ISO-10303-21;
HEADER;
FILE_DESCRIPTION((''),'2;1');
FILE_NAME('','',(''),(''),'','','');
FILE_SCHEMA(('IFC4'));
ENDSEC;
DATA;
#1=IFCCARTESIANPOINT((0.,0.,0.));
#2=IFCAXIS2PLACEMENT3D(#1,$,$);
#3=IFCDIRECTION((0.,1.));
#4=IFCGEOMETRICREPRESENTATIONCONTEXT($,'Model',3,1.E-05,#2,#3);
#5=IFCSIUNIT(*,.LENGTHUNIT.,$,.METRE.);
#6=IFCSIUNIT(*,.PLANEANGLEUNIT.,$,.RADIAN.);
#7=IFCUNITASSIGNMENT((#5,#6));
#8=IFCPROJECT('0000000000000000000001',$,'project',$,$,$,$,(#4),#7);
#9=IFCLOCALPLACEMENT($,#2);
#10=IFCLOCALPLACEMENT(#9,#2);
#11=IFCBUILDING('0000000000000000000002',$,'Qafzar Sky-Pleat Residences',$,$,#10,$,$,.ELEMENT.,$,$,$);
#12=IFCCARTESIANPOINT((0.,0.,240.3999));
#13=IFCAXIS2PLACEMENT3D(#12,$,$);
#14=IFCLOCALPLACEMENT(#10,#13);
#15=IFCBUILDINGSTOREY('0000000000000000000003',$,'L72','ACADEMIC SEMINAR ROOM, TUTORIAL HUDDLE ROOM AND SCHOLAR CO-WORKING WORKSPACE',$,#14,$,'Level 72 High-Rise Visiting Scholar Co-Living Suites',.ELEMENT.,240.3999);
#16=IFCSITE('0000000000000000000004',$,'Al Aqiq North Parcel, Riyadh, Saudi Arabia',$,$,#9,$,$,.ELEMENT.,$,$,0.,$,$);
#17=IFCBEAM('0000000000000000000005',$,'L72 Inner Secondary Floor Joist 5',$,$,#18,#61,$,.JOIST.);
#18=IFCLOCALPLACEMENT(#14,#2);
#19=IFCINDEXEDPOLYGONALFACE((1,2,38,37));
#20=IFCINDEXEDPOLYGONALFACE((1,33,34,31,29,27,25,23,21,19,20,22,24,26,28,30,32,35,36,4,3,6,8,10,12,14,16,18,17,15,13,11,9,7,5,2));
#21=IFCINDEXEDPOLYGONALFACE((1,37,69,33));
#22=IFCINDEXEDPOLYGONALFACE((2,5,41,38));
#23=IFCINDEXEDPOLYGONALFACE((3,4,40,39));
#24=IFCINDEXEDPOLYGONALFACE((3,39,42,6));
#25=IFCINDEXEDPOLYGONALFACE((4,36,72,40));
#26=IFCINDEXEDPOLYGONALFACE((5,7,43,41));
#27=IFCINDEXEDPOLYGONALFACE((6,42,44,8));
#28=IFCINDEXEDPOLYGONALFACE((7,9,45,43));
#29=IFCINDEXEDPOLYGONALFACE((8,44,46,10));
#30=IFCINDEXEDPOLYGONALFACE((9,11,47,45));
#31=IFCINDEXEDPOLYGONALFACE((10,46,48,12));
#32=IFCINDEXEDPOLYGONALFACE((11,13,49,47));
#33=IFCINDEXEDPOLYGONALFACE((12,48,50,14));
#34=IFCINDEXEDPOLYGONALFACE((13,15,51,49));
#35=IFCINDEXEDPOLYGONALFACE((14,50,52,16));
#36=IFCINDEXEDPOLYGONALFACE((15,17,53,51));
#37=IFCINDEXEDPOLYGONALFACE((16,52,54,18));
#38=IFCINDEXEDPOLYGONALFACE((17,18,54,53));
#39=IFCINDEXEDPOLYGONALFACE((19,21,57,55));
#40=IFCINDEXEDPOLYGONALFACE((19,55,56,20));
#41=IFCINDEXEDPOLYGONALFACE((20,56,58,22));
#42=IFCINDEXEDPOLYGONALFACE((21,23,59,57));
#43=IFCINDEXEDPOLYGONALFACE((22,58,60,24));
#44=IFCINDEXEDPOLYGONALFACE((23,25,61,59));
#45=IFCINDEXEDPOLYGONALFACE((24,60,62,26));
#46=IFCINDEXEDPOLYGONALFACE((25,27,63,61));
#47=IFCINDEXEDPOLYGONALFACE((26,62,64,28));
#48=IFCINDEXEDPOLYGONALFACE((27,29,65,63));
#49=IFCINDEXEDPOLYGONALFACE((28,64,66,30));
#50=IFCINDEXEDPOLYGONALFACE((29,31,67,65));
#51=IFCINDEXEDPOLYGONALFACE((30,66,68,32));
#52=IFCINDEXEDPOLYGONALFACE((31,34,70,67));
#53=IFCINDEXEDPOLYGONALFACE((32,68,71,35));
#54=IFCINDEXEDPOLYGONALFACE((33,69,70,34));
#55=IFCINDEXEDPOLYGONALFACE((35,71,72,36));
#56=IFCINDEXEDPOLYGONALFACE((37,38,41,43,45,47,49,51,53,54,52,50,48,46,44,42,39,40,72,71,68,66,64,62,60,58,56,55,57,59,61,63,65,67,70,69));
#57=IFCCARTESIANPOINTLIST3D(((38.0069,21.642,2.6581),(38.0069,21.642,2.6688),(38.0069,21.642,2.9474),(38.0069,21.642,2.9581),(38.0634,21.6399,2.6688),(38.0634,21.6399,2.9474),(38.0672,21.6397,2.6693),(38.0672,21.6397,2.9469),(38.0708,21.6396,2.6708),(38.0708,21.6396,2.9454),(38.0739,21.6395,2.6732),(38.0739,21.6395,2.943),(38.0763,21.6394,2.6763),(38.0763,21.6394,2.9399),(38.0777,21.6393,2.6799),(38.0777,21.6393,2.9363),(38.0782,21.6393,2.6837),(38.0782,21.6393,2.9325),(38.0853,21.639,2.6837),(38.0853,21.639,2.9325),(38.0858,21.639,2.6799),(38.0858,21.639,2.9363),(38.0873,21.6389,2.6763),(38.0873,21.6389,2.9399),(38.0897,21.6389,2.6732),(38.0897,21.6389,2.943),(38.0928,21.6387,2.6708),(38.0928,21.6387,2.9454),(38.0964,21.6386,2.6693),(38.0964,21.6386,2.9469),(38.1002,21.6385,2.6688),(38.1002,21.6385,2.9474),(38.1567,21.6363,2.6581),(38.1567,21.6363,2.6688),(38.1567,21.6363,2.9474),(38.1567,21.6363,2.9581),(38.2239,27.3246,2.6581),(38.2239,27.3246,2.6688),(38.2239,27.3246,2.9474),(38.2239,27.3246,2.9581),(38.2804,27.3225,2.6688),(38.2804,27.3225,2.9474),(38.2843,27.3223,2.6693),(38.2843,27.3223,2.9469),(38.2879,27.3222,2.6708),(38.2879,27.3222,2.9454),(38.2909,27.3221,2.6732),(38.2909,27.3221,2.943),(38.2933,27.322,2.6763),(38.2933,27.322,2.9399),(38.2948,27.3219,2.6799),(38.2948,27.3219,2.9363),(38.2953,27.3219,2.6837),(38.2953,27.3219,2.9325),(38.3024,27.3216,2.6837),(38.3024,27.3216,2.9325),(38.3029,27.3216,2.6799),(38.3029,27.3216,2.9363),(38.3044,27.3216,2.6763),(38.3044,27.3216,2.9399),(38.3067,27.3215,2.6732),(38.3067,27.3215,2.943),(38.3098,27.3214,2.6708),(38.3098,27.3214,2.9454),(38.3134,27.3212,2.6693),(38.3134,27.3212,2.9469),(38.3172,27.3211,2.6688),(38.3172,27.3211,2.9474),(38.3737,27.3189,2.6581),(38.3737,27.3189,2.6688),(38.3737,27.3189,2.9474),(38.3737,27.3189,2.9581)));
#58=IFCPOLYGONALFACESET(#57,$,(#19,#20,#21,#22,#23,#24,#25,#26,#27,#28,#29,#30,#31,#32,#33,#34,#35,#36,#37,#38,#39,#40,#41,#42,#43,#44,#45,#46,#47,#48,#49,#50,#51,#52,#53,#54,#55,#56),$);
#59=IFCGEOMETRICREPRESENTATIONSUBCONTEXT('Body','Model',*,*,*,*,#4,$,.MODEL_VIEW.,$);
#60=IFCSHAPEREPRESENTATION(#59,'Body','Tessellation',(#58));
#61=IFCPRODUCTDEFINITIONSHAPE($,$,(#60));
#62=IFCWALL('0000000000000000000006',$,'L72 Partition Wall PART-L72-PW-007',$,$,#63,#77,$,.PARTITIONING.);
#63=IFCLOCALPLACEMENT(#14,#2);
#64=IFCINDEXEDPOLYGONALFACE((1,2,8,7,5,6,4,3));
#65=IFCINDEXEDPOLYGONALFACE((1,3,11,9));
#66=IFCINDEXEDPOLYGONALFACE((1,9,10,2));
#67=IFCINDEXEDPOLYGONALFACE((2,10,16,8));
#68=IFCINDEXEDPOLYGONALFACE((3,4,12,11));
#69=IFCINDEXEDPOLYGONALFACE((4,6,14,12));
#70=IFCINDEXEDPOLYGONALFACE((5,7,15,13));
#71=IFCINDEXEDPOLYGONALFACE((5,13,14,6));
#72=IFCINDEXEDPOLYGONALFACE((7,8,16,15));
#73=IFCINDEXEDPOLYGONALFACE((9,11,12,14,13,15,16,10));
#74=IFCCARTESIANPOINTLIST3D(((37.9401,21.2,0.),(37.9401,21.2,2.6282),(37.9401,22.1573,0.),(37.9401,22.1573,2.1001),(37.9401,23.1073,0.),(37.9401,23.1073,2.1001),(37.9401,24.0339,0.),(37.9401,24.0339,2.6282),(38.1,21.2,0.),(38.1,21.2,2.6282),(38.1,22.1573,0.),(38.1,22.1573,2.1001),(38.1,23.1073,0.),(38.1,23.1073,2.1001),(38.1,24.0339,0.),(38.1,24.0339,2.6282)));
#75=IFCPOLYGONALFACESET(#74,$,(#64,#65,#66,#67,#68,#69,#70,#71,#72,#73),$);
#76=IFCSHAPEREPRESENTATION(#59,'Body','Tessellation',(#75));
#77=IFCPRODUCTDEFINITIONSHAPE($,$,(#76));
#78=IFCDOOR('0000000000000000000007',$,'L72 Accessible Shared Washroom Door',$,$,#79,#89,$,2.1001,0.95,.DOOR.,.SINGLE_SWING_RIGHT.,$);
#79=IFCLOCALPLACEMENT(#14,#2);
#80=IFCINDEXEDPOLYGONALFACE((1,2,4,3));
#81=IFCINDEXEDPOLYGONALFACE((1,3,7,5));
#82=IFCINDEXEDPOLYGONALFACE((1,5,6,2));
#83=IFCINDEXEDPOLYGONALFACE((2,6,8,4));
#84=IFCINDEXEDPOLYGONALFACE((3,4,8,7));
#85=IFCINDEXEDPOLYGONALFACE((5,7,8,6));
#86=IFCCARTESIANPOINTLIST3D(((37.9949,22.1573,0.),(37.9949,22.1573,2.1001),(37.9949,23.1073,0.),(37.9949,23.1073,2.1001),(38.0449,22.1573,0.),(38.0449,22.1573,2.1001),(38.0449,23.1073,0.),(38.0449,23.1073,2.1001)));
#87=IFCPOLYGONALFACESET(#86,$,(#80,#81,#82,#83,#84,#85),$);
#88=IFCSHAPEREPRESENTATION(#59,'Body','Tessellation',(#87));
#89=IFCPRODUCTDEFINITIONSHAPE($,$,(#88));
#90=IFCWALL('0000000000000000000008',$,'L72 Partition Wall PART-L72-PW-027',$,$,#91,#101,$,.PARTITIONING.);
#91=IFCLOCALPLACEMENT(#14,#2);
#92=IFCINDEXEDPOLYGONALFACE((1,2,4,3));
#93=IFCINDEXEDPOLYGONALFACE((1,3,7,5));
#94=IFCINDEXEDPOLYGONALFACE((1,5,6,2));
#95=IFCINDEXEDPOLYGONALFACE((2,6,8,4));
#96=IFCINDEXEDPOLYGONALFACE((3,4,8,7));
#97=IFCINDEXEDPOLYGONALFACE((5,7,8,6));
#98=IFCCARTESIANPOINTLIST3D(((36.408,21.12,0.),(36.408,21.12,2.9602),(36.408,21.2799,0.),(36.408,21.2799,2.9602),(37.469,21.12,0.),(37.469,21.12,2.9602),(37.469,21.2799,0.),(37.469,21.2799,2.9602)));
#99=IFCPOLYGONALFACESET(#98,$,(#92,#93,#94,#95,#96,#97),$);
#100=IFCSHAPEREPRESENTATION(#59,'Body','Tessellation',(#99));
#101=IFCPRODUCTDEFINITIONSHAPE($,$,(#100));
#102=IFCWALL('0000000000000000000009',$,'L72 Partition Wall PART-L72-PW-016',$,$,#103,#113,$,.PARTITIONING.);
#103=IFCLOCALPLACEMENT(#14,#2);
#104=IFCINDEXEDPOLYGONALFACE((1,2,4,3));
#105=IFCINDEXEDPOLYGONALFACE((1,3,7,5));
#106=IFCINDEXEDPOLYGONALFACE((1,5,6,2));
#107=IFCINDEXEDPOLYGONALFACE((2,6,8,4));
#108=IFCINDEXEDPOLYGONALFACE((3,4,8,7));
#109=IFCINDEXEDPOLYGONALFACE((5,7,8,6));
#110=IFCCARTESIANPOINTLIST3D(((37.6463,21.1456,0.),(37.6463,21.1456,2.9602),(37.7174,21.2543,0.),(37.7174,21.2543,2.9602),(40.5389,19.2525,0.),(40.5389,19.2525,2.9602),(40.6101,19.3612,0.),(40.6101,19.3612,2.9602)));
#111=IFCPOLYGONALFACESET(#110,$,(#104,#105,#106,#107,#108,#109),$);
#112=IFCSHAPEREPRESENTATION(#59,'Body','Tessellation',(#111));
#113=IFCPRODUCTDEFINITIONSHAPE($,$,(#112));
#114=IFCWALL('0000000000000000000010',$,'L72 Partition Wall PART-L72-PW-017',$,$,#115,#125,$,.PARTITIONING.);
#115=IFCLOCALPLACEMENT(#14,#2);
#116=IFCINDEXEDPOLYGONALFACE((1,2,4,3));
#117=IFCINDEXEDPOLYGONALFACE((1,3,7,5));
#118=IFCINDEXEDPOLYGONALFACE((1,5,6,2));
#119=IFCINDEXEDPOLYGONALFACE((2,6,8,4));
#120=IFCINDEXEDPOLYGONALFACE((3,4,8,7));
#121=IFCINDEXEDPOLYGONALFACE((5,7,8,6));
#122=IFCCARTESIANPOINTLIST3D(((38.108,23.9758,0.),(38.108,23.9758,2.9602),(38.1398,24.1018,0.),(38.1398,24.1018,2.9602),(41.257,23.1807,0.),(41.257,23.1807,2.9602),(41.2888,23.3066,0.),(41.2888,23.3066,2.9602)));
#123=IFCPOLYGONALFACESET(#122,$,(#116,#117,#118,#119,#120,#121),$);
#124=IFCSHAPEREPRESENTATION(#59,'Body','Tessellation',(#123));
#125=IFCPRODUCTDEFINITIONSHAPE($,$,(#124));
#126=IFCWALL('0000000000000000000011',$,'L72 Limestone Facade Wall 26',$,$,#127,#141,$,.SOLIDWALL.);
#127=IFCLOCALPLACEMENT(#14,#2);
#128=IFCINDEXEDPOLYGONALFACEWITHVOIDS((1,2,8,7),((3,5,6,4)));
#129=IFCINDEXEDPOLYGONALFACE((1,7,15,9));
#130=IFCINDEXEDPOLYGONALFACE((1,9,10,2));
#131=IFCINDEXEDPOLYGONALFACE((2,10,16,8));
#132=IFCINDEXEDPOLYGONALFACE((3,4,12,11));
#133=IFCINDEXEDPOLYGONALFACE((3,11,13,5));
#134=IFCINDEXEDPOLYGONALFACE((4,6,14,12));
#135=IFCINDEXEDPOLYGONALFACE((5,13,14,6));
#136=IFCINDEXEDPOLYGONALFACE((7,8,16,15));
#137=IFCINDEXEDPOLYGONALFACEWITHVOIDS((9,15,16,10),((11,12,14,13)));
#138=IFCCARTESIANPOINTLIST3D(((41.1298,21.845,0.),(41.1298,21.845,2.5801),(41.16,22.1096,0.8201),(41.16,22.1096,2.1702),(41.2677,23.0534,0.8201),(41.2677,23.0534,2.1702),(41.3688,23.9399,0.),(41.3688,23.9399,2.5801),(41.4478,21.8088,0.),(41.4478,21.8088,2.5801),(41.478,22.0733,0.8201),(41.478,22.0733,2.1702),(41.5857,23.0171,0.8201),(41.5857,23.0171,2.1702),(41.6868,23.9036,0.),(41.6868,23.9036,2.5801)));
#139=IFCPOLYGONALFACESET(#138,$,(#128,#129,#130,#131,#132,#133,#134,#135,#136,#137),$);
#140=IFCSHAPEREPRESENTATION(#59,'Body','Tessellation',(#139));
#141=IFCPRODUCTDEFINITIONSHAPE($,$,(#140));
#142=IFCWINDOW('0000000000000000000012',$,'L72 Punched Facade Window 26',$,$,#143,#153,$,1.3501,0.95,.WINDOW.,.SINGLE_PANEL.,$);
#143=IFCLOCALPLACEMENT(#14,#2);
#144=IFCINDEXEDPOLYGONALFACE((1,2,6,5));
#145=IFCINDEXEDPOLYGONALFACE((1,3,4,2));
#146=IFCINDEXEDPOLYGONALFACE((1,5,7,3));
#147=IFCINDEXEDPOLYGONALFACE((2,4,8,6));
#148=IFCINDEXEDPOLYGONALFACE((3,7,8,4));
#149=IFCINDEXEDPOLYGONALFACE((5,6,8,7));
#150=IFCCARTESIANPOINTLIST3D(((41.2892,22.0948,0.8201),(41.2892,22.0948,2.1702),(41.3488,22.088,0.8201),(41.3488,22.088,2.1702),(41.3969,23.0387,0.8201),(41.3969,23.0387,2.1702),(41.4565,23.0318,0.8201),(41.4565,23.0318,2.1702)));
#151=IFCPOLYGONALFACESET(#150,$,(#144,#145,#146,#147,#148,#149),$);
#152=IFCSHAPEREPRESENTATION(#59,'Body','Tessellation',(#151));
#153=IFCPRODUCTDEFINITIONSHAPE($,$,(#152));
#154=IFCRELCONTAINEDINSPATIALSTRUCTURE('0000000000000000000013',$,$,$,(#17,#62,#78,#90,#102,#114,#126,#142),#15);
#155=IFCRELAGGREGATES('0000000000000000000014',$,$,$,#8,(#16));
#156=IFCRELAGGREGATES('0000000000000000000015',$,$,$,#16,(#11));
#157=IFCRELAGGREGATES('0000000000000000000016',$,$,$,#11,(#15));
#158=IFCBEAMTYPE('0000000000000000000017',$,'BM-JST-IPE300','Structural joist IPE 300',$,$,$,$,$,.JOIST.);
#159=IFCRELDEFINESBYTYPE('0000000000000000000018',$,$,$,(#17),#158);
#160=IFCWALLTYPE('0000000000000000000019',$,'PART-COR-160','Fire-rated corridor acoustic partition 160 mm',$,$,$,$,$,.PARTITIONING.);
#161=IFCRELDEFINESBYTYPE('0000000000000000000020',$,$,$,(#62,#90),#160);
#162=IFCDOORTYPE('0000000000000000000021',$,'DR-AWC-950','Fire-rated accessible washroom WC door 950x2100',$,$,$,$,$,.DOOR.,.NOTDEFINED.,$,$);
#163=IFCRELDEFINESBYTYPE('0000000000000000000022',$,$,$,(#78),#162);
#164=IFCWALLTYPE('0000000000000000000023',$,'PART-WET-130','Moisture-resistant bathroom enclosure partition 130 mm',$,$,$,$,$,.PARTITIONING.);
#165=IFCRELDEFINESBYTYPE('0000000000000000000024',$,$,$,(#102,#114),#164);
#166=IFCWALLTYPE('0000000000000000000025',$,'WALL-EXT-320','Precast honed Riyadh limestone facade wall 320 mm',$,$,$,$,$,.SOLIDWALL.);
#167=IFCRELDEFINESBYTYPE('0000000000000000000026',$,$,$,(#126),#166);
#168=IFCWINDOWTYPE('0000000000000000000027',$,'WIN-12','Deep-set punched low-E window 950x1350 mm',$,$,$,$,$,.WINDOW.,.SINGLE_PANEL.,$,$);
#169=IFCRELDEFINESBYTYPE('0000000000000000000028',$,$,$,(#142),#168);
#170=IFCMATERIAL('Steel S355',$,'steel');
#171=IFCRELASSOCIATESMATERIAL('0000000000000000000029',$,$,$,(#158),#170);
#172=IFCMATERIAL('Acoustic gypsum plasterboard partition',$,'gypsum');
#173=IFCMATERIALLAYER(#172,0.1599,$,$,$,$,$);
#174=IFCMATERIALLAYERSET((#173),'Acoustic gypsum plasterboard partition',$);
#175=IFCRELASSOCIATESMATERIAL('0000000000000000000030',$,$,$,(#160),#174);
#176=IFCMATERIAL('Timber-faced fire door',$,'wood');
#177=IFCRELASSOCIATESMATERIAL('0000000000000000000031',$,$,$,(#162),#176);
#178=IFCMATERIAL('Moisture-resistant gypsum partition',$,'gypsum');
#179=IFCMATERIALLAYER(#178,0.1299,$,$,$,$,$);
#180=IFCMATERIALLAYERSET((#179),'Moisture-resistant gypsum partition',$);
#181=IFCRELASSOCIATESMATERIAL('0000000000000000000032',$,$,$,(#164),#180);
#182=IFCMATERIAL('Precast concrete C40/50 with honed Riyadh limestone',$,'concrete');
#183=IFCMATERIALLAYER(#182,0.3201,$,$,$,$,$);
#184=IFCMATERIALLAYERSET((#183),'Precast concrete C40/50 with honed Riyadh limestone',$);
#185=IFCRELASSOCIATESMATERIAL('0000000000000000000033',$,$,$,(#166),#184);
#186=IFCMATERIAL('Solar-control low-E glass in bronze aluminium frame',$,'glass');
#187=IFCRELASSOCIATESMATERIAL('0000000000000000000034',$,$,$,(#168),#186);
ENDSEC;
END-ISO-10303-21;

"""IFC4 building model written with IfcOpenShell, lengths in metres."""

from ifc_helpers import new_model, si_unit, direction, frame, frame_2d, origin, origin_2d, place, context, subcontext, project, spatial, rectangle, i_section, extrude, source, transform, mapped, material, layer, layer_set, material_profile, profile_set, type_object, element, fill, save


model = new_model("IFC4")

# Units and contexts
model_context = context("Model", 3, precision=1e-05, world=origin(), true_north=direction((0.0, 1.0)))
body_context = subcontext(model_context, "Body", "Model", "MODEL_VIEW")
ifc_project = project(units=[si_unit("LENGTHUNIT", "METRE"), si_unit("PLANEANGLEUNIT", "RADIAN")], contexts=[model_context])

# Site, building, storey
site_placement = place(None, origin())
site = spatial("IfcSite", under=ifc_project, at=site_placement, Name="Al Aqiq North Parcel, Riyadh, Saudi Arabia", CompositionType="ELEMENT", RefElevation=0.0)
building_placement = place(site_placement, origin())
building = spatial("IfcBuilding", under=site, at=building_placement, Name="Qafzar Sky-Pleat Residences", CompositionType="ELEMENT")
storey_placement = place(building_placement, frame((0.0, 0.0, 240.3999)))
storey = spatial("IfcBuildingStorey", under=building, at=storey_placement, Name="L72", Description="ACADEMIC SEMINAR ROOM, TUTORIAL HUDDLE ROOM AND SCHOLAR CO-WORKING WORKSPACE", LongName="Level 72 High-Rise Visiting Scholar Co-Living Suites", CompositionType="ELEMENT", Elevation=240.3999)

# Shared definitions
ifc_material_1 = material(Name="Steel S355", Category="steel")

# Beam
ifc_material_profile_1 = material_profile(ifc_material_1, i_section(OverallWidth=0.1499, OverallDepth=0.3, WebThickness=0.0071, FlangeThickness=0.0107, FilletRadius=0.0149, at=origin_2d()), Name="IPE 300")
ifc_profile_set_1 = profile_set([ifc_material_profile_1], Name="Steel S355")
beam_type_1 = type_object("IfcBeamType", Name="BM-JST-IPE300", Description="Structural joist IPE 300", PredefinedType="JOIST", material=ifc_profile_set_1)
shared_shape_1 = source(origin(), body_context, "Body", "SweptSolid", [
    extrude(i_section(OverallWidth=0.1499, OverallDepth=0.3, WebThickness=0.0071, FlangeThickness=0.0107, FilletRadius=0.0149, at=origin_2d()), origin(), (0.0, 0.0, 1.0), 5.6868),
])
beam_1_placement = place(storey_placement, frame((38.0818, 21.6392, 2.8081), z_axis=(0.038166, 0.999271, 0.0), x_axis=(-0.999271, 0.038166, 0.0)))
element("IfcBeam", 1, at=beam_1_placement, inside=storey, type_object=beam_type_1, Name="L72 Inner Secondary Floor Joist 5", PredefinedType="JOIST", context=body_context, shape_type="MappedRepresentation", body=[
    mapped(shared_shape_1, transform((0.0, 0.0, 0.0), x_axis=(1.0, 0.0, 0.0), y_axis=(0.0, 1.0, 0.0), z_axis=(0.0, 0.0, 1.0), scale=1.0)),
])

# Wall, opening, door
ifc_material_2 = material(Name="Acoustic gypsum plasterboard partition", Category="gypsum")
ifc_layer_1 = layer(ifc_material_2, 0.1599)
ifc_layer_set_1 = layer_set([ifc_layer_1], Name="Acoustic gypsum plasterboard partition")
wall_type_1 = type_object("IfcWallType", Name="PART-COR-160", Description="Fire-rated corridor acoustic partition 160 mm", PredefinedType="PARTITIONING", material=ifc_layer_set_1)
wall_1_placement = place(storey_placement, frame((38.02, 24.0339, 0.0), z_axis=(0.0, 0.0, 1.0), x_axis=(0.0, -1.0, 0.0)))
wall_1 = element("IfcWall", 2, at=wall_1_placement, inside=storey, type_object=wall_type_1, Name="L72 Partition Wall PART-L72-PW-007", PredefinedType="PARTITIONING", context=body_context, shape_type="SweptSolid", body=[
    extrude(rectangle(XDim=2.834, YDim=0.1599, at=frame_2d((1.417, 0.0))), origin(), (0.0, 0.0, 1.0), 2.6282),
])
opening_1_placement = place(wall_1_placement, frame((0.9265, 0.0, 0.0)))
opening_1 = element("IfcOpeningElement", 3, at=opening_1_placement, cuts=wall_1, PredefinedType="OPENING", context=body_context, shape_type="SweptSolid", body=[
    extrude(rectangle(XDim=0.95, YDim=2.1001, at=frame_2d((0.4751, 1.05))), frame((0.0, 0.0898, 0.0), z_axis=(0.0, -1.0, 0.0), x_axis=(1.0, 0.0, 0.0)), (0.0, 0.0, 1.0), 0.1799),
])
ifc_material_3 = material(Name="Timber-faced fire door", Category="wood")
door_type = type_object("IfcDoorType", Name="DR-AWC-950", Description="Fire-rated accessible washroom WC door 950x2100", OperationType="NOTDEFINED", PredefinedType="DOOR", material=ifc_material_3)
shared_shape_2 = source(origin(), body_context, "Body", "SweptSolid", [
    extrude(rectangle(XDim=0.95, YDim=2.1001, at=frame_2d((0.4751, 1.05))), frame((0.0, 0.0249, 0.0), z_axis=(0.0, -1.0, 0.0), x_axis=(1.0, 0.0, 0.0)), (0.0, 0.0, 1.0), 0.05),
])
door_placement = place(opening_1_placement, origin())
door = element("IfcDoor", 4, at=door_placement, inside=storey, type_object=door_type, Name="L72 Accessible Shared Washroom Door", OperationType="SINGLE_SWING_RIGHT", OverallHeight=2.1001, OverallWidth=0.95, PredefinedType="DOOR", context=body_context, shape_type="MappedRepresentation", body=[
    mapped(shared_shape_2, transform((0.0, 0.0, 0.0), x_axis=(1.0, 0.0, 0.0), y_axis=(0.0, 1.0, 0.0), z_axis=(0.0, 0.0, 1.0), scale=1.0)),
])
fill(opening_1, door)

# Walls
wall_2_placement = place(storey_placement, frame((36.408, 21.2, 0.0), z_axis=(0.0, 0.0, 1.0), x_axis=(1.0, 0.0, 0.0)))
element("IfcWall", 5, at=wall_2_placement, inside=storey, type_object=wall_type_1, Name="L72 Partition Wall PART-L72-PW-027", PredefinedType="PARTITIONING", context=body_context, shape_type="SweptSolid", body=[
    extrude(rectangle(XDim=1.061, YDim=0.1599, at=frame_2d((0.5305, 0.0))), origin(), (0.0, 0.0, 1.0), 2.9602),
])
ifc_material_4 = material(Name="Moisture-resistant gypsum partition", Category="gypsum")
ifc_layer_2 = layer(ifc_material_4, 0.1299)
ifc_layer_set_2 = layer_set([ifc_layer_2], Name="Moisture-resistant gypsum partition")
wall_type_2 = type_object("IfcWallType", Name="PART-WET-130", Description="Moisture-resistant bathroom enclosure partition 130 mm", PredefinedType="PARTITIONING", material=ifc_layer_set_2)
wall_3_placement = place(storey_placement, frame((37.6819, 21.2, 0.0), z_axis=(0.0, 0.0, 1.0), x_axis=(0.836736, -0.547607, 0.0)))
element("IfcWall", 6, at=wall_3_placement, inside=storey, type_object=wall_type_2, Name="L72 Partition Wall PART-L72-PW-016", PredefinedType="PARTITIONING", context=body_context, shape_type="SweptSolid", body=[
    extrude(rectangle(XDim=3.457, YDim=0.1299, at=frame_2d((1.7285, 0.0))), origin(), (0.0, 0.0, 1.0), 2.9602),
])
wall_4_placement = place(storey_placement, frame((38.1238, 24.0388, 0.0), z_axis=(0.0, 0.0, 1.0), x_axis=(0.969565, -0.244834, 0.0)))
element("IfcWall", 7, at=wall_4_placement, inside=storey, type_object=wall_type_2, Name="L72 Partition Wall PART-L72-PW-017", PredefinedType="PARTITIONING", context=body_context, shape_type="SweptSolid", body=[
    extrude(rectangle(XDim=3.2478, YDim=0.1299, at=frame_2d((1.624, 0.0))), origin(), (0.0, 0.0, 1.0), 2.9602),
])

# Wall, opening, window
ifc_material_5 = material(Name="Precast concrete C40/50 with honed Riyadh limestone", Category="concrete")
ifc_layer_3 = layer(ifc_material_5, 0.3201)
ifc_layer_set_3 = layer_set([ifc_layer_3], Name="Precast concrete C40/50 with honed Riyadh limestone")
wall_type_3 = type_object("IfcWallType", Name="WALL-EXT-320", Description="Precast honed Riyadh limestone facade wall 320 mm", PredefinedType="SOLIDWALL", material=ifc_layer_set_3)
wall_5_placement = place(storey_placement, frame((41.2888, 21.8269, 0.0), z_axis=(0.0, 0.0, 1.0), x_axis=(0.113367, 0.993553, 0.0)))
wall_5 = element("IfcWall", 8, at=wall_5_placement, inside=storey, type_object=wall_type_3, Name="L72 Limestone Facade Wall 26", PredefinedType="SOLIDWALL", context=body_context, shape_type="SweptSolid", body=[
    extrude(rectangle(XDim=2.1084, YDim=0.3201, at=frame_2d((1.0542, 0.0))), origin(), (0.0, 0.0, 1.0), 2.5801),
])
opening_2_placement = place(wall_5_placement, frame((0.2661, 0.0, 0.8201)))
opening_2 = element("IfcOpeningElement", 9, at=opening_2_placement, cuts=wall_5, PredefinedType="OPENING", context=body_context, shape_type="SweptSolid", body=[
    extrude(rectangle(XDim=0.95, YDim=1.3501, at=frame_2d((0.4751, 0.675))), frame((0.0, 0.1699, 0.0), z_axis=(0.0, -1.0, 0.0), x_axis=(1.0, 0.0, 0.0)), (0.0, 0.0, 1.0), 0.3401),
])
ifc_material_6 = material(Name="Solar-control low-E glass in bronze aluminium frame", Category="glass")
window_type_1 = type_object("IfcWindowType", Name="WIN-12", Description="Deep-set punched low-E window 950x1350 mm", PartitioningType="SINGLE_PANEL", PredefinedType="WINDOW", material=ifc_material_6)
shared_shape_3 = source(origin(), body_context, "Body", "SweptSolid", [
    extrude(rectangle(XDim=0.95, YDim=1.3501, at=frame_2d((0.4751, 0.675))), frame((0.0, 0.03, 0.0), z_axis=(0.0, -1.0, 0.0), x_axis=(1.0, 0.0, 0.0)), (0.0, 0.0, 1.0), 0.0601),
])
window_1_placement = place(opening_2_placement, origin())
window_1 = element("IfcWindow", 10, at=window_1_placement, inside=storey, type_object=window_type_1, Name="L72 Punched Facade Window 26", OverallHeight=1.3501, OverallWidth=0.95, PartitioningType="SINGLE_PANEL", PredefinedType="WINDOW", context=body_context, shape_type="MappedRepresentation", body=[
    mapped(shared_shape_3, transform((0.0, 0.0, 0.0), x_axis=(1.0, 0.0, 0.0), y_axis=(0.0, 1.0, 0.0), z_axis=(0.0, 0.0, 1.0), scale=1.0)),
])
fill(opening_2, window_1)

save(model, "model.ifc")
